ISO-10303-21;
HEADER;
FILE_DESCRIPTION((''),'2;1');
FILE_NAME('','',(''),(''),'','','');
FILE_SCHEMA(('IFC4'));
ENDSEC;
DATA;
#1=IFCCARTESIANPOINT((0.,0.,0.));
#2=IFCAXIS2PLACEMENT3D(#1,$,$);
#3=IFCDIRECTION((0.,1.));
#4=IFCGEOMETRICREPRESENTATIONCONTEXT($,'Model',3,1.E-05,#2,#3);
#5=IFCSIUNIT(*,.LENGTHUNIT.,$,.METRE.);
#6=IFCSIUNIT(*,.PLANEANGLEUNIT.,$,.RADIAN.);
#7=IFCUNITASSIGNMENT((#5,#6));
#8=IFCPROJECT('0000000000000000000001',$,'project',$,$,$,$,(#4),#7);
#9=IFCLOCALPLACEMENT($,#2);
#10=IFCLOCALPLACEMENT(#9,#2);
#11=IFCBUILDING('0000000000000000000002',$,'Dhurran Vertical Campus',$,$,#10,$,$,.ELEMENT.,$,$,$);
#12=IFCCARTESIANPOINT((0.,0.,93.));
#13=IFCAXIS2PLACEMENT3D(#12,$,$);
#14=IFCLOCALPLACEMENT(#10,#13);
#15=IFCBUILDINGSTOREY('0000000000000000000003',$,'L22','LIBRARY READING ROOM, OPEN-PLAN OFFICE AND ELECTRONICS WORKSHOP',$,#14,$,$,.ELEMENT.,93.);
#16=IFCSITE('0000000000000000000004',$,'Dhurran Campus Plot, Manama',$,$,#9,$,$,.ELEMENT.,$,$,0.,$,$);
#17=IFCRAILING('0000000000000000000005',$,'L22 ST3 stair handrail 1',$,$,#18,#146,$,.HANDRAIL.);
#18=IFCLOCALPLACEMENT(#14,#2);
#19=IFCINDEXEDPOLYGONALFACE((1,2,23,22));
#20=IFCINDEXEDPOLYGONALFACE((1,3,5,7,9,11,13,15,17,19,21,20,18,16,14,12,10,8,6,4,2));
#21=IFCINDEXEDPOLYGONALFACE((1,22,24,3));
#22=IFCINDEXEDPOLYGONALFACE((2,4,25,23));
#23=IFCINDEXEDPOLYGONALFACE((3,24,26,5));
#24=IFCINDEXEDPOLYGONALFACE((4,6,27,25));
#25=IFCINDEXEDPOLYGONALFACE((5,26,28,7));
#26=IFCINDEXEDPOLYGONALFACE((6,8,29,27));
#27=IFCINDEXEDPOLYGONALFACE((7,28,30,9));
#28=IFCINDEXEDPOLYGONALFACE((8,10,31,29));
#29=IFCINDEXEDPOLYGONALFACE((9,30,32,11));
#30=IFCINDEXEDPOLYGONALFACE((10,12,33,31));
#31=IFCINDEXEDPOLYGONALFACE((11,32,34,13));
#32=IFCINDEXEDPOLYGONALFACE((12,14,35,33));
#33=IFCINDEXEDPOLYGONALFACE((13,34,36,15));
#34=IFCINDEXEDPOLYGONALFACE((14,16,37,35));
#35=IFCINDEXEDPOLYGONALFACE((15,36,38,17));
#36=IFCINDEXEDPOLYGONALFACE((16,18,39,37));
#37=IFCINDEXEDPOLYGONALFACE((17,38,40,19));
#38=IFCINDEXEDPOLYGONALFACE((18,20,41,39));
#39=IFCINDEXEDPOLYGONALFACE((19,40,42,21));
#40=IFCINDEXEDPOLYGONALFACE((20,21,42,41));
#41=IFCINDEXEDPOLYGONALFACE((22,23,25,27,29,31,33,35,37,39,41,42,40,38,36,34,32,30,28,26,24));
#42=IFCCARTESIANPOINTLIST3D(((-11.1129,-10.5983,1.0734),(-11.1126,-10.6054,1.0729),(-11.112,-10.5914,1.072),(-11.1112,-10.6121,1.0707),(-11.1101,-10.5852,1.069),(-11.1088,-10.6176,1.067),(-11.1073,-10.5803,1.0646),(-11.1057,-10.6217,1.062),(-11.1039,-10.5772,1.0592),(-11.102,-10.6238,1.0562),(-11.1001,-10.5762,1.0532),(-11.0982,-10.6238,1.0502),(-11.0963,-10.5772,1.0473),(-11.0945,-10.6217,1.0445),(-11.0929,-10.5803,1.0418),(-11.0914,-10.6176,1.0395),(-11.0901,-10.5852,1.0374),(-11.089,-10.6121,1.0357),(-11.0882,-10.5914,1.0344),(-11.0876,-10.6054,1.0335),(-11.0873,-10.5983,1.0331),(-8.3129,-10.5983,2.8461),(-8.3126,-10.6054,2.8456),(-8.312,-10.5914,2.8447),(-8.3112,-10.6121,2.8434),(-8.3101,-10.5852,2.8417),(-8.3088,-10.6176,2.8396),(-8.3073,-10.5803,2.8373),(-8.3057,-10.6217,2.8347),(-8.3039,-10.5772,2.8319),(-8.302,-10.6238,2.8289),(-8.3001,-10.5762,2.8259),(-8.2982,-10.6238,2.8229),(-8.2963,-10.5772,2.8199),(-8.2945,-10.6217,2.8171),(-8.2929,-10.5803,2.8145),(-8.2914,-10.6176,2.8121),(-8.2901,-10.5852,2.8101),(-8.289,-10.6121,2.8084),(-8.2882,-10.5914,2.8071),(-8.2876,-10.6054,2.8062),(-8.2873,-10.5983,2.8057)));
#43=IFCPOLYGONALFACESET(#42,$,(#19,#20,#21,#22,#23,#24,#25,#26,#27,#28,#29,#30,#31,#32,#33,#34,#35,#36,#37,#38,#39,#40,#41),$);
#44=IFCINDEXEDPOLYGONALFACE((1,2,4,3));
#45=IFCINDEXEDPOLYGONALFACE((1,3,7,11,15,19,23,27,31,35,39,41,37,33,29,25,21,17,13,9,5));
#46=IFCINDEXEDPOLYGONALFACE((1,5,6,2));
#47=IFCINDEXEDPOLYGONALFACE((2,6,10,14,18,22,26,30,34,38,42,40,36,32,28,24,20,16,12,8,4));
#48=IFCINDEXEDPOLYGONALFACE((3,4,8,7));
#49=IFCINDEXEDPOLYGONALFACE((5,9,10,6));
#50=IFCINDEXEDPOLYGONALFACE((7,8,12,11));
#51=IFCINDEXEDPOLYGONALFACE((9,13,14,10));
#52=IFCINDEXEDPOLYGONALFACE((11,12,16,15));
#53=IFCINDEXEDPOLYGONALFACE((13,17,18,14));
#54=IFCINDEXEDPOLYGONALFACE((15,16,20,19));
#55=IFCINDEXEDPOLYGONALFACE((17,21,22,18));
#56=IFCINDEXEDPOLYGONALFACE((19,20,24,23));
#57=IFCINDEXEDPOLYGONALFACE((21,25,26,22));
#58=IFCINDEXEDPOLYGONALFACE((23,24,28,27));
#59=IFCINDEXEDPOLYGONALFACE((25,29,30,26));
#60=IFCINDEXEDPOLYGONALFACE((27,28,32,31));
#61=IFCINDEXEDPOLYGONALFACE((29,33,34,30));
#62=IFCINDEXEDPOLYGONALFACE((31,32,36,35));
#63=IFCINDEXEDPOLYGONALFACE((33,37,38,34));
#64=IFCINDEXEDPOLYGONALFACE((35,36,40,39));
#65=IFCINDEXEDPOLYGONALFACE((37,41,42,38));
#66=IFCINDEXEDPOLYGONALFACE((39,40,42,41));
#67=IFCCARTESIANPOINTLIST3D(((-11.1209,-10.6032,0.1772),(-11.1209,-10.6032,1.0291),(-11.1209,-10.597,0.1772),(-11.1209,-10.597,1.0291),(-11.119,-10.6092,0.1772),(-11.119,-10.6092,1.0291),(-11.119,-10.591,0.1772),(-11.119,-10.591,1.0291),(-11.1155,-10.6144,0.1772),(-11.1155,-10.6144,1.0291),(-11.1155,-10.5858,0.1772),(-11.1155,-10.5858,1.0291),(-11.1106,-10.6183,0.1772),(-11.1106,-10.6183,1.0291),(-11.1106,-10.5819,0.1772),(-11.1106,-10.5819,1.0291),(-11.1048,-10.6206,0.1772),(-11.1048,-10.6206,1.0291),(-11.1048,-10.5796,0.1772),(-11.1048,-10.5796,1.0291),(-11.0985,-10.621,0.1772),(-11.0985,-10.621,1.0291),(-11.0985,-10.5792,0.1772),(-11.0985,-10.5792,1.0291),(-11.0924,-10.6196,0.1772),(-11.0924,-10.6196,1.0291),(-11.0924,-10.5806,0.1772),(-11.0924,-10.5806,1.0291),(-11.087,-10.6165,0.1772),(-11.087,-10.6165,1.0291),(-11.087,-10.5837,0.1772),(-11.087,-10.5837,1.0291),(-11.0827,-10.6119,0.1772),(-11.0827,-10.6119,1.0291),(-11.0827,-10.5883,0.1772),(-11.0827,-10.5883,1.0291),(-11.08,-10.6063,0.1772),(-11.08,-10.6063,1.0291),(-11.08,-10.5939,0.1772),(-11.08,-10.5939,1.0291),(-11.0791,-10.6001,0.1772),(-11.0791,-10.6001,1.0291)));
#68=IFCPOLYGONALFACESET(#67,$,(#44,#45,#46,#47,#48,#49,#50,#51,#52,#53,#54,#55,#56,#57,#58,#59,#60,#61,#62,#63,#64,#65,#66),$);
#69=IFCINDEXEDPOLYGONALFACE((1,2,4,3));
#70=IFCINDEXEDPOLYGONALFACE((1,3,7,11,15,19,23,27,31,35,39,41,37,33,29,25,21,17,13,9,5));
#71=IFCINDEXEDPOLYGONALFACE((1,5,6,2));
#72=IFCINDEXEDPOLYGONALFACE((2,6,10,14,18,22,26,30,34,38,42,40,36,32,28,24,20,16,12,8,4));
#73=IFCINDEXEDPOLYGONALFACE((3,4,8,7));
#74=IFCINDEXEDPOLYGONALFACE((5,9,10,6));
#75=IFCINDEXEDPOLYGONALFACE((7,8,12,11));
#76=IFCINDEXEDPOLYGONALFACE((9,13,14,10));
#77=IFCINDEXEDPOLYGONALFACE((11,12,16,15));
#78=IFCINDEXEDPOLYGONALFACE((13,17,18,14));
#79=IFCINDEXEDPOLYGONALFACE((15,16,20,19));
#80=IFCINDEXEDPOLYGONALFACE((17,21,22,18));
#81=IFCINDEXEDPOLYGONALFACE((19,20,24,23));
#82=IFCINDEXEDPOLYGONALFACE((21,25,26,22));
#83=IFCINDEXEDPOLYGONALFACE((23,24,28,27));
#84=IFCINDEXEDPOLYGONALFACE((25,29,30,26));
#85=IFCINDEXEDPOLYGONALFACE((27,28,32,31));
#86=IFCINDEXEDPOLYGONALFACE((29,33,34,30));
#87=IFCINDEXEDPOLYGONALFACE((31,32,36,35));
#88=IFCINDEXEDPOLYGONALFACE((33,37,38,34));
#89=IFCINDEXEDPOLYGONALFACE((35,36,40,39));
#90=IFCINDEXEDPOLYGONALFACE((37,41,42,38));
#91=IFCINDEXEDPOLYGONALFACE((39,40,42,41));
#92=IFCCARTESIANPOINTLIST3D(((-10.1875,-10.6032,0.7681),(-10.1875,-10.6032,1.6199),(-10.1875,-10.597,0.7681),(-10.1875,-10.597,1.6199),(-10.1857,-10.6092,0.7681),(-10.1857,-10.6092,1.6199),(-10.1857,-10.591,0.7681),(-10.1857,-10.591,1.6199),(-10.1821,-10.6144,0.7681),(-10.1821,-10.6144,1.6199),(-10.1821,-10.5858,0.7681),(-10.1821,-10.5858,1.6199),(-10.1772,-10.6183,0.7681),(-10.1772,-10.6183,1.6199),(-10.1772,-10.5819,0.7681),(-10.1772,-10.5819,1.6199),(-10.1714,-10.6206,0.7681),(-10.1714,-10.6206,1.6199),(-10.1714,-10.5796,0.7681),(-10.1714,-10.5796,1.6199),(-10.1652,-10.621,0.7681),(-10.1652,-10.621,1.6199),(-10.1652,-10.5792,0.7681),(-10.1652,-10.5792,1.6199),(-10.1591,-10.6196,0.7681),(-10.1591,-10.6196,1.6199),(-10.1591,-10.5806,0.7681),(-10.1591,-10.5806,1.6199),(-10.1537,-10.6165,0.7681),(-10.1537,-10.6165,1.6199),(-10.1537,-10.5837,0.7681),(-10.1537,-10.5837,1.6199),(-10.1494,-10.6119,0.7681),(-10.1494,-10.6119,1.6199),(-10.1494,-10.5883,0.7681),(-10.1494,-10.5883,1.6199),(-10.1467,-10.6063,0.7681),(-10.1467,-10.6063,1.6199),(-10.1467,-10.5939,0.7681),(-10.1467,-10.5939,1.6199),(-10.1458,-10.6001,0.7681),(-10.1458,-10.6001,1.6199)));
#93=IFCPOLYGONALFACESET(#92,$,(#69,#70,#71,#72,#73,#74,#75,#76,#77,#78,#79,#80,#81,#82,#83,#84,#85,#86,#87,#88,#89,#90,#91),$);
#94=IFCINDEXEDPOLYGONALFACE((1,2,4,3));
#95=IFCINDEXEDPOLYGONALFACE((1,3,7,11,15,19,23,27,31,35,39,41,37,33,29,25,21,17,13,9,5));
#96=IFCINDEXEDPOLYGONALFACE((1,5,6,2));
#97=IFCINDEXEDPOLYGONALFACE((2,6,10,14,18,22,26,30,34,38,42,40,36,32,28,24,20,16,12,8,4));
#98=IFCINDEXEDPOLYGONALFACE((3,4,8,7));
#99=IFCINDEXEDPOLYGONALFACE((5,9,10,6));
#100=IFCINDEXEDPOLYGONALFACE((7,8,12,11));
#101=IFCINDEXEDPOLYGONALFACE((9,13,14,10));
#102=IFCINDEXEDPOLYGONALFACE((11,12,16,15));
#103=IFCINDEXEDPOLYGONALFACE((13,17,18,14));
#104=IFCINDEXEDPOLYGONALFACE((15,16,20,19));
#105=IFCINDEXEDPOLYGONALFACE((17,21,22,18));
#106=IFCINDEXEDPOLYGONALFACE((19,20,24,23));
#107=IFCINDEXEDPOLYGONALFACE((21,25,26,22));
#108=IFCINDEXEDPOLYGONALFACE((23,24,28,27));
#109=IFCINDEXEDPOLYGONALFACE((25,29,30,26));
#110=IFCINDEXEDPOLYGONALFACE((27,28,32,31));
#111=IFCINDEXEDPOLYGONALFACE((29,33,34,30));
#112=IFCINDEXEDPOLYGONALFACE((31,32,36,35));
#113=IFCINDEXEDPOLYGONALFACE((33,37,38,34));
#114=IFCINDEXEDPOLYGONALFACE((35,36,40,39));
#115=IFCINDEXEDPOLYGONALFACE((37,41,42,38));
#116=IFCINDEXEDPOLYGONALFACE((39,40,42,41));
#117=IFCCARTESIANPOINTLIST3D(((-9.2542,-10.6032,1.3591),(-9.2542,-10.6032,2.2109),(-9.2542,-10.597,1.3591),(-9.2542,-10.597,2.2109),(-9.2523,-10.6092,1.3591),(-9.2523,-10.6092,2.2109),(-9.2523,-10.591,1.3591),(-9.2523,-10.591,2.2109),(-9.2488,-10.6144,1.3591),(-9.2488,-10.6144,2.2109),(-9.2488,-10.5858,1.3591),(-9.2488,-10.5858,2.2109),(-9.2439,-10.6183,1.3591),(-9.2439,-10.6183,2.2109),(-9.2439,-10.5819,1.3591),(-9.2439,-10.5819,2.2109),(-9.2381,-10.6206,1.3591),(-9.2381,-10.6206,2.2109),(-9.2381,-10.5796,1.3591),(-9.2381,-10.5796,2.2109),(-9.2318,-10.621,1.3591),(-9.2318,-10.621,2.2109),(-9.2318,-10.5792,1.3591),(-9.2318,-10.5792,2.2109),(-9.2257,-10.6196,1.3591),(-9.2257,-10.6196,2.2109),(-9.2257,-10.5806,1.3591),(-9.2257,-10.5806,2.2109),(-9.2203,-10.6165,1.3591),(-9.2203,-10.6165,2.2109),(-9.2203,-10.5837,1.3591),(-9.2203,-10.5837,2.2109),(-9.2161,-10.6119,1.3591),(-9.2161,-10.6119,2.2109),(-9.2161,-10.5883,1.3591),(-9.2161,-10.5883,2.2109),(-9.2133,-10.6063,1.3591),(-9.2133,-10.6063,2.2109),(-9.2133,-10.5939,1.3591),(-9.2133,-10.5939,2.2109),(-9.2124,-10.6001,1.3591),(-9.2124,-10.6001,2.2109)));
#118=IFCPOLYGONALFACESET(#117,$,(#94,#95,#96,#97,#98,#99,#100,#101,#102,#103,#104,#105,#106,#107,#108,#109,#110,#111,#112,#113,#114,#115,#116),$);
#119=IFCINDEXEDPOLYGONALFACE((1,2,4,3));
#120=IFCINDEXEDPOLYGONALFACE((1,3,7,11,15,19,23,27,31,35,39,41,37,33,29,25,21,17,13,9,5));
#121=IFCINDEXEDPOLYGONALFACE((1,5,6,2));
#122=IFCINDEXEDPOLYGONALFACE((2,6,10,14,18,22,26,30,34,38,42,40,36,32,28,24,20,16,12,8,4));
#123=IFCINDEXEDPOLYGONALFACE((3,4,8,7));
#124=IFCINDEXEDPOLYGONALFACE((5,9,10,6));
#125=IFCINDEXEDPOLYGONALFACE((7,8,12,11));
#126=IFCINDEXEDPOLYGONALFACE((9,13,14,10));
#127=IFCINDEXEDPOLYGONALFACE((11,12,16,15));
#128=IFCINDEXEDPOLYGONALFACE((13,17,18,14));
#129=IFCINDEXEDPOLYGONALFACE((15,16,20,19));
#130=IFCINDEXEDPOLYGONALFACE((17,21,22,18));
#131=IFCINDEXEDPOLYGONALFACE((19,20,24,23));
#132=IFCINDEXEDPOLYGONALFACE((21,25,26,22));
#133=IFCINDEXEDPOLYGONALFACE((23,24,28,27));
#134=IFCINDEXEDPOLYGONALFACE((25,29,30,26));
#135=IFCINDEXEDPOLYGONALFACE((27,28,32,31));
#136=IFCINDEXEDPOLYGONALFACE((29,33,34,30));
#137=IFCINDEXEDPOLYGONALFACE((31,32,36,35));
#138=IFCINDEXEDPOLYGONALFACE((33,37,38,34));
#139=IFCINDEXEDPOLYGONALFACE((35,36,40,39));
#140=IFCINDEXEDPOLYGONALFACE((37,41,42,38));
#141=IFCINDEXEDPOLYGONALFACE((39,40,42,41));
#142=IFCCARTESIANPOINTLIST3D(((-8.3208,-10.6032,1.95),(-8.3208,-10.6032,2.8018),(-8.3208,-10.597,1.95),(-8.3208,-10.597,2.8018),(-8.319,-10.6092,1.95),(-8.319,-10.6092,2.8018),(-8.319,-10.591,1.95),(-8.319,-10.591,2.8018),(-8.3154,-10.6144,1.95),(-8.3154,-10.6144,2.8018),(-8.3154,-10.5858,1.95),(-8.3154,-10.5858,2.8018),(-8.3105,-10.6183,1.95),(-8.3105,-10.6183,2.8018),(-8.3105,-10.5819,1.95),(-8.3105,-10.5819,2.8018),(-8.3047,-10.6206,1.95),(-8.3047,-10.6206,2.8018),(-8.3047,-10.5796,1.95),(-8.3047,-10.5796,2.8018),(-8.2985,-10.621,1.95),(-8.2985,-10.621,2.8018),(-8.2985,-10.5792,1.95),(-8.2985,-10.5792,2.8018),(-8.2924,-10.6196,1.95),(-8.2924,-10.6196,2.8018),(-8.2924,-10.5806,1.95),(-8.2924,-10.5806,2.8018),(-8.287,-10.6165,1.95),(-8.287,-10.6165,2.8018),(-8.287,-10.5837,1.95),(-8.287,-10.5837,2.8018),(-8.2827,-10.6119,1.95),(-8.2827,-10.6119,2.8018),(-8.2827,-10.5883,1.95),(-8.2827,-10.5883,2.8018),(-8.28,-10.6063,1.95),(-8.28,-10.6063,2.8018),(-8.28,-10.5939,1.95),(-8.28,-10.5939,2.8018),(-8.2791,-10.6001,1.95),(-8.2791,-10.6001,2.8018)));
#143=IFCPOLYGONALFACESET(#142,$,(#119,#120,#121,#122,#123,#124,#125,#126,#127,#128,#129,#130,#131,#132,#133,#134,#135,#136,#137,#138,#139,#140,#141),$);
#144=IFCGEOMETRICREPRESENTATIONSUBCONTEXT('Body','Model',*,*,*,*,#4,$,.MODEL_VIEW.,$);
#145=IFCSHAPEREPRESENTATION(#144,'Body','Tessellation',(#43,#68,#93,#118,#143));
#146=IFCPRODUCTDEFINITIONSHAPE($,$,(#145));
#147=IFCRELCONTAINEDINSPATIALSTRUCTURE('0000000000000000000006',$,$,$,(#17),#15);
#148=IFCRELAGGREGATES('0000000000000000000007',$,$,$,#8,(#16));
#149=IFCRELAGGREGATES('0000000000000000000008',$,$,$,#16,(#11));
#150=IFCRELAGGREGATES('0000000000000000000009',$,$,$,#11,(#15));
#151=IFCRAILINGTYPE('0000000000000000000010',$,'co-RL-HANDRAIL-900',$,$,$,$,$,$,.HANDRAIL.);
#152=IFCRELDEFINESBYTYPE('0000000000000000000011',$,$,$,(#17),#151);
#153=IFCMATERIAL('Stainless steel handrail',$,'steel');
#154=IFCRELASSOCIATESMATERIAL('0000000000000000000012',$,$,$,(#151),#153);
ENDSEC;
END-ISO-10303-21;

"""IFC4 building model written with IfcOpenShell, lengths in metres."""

from ifc_helpers import new_model, si_unit, direction, frame, origin, origin_2d, place, context, subcontext, project, spatial, circle, extrude, material, type_object, element, save


model = new_model("IFC4")

# Units and contexts
model_context = context("Model", 3, precision=1e-05, world=origin(), true_north=direction((0.0, 1.0)))
body_context = subcontext(model_context, "Body", "Model", "MODEL_VIEW")
ifc_project = project(units=[si_unit("LENGTHUNIT", "METRE"), si_unit("PLANEANGLEUNIT", "RADIAN")], contexts=[model_context])

# Site, building, storey
site_placement = place(None, origin())
site = spatial("IfcSite", under=ifc_project, at=site_placement, Name="Dhurran Campus Plot, Manama", CompositionType="ELEMENT", RefElevation=0.0)
building_placement = place(site_placement, origin())
building = spatial("IfcBuilding", under=site, at=building_placement, Name="Dhurran Vertical Campus", CompositionType="ELEMENT")
storey_placement = place(building_placement, frame((0.0, 0.0, 93.0)))
storey = spatial("IfcBuildingStorey", under=building, at=storey_placement, Name="L22", Description="LIBRARY READING ROOM, OPEN-PLAN OFFICE AND ELECTRONICS WORKSHOP", CompositionType="ELEMENT", Elevation=93.0)

# Railing
ifc_material_1 = material(Name="Stainless steel handrail", Category="steel")
railing_type_1 = type_object("IfcRailingType", Name="co-RL-HANDRAIL-900", PredefinedType="HANDRAIL", material=ifc_material_1)
railing_1_placement = place(storey_placement, frame((-11.1001, -10.6001, 0.1772)))
element("IfcRailing", 1, at=railing_1_placement, inside=storey, type_object=railing_type_1, Name="L22 ST3 stair handrail 1", PredefinedType="HANDRAIL", context=body_context, shape_type="SweptSolid", body=[
    extrude(circle(Radius=0.0239, at=origin_2d()), frame((0.0, 0.0, 0.876), z_axis=(0.844909, 0.0, 0.53491), x_axis=(0.0, 1.0, 0.0)), (0.0, 0.0, 1.0), 3.314),
    extrude(circle(Radius=0.021, at=origin_2d()), origin(), (0.0, 0.0, 1.0), 0.8518),
    extrude(circle(Radius=0.021, at=origin_2d()), frame((0.9333, 0.0, 0.5908)), (0.0, 0.0, 1.0), 0.8518),
    extrude(circle(Radius=0.021, at=origin_2d()), frame((1.8667, 0.0, 1.1819)), (0.0, 0.0, 1.0), 0.8518),
    extrude(circle(Radius=0.021, at=origin_2d()), frame((2.8, 0.0, 1.7727)), (0.0, 0.0, 1.0), 0.8518),
])

save(model, "model.ifc")
